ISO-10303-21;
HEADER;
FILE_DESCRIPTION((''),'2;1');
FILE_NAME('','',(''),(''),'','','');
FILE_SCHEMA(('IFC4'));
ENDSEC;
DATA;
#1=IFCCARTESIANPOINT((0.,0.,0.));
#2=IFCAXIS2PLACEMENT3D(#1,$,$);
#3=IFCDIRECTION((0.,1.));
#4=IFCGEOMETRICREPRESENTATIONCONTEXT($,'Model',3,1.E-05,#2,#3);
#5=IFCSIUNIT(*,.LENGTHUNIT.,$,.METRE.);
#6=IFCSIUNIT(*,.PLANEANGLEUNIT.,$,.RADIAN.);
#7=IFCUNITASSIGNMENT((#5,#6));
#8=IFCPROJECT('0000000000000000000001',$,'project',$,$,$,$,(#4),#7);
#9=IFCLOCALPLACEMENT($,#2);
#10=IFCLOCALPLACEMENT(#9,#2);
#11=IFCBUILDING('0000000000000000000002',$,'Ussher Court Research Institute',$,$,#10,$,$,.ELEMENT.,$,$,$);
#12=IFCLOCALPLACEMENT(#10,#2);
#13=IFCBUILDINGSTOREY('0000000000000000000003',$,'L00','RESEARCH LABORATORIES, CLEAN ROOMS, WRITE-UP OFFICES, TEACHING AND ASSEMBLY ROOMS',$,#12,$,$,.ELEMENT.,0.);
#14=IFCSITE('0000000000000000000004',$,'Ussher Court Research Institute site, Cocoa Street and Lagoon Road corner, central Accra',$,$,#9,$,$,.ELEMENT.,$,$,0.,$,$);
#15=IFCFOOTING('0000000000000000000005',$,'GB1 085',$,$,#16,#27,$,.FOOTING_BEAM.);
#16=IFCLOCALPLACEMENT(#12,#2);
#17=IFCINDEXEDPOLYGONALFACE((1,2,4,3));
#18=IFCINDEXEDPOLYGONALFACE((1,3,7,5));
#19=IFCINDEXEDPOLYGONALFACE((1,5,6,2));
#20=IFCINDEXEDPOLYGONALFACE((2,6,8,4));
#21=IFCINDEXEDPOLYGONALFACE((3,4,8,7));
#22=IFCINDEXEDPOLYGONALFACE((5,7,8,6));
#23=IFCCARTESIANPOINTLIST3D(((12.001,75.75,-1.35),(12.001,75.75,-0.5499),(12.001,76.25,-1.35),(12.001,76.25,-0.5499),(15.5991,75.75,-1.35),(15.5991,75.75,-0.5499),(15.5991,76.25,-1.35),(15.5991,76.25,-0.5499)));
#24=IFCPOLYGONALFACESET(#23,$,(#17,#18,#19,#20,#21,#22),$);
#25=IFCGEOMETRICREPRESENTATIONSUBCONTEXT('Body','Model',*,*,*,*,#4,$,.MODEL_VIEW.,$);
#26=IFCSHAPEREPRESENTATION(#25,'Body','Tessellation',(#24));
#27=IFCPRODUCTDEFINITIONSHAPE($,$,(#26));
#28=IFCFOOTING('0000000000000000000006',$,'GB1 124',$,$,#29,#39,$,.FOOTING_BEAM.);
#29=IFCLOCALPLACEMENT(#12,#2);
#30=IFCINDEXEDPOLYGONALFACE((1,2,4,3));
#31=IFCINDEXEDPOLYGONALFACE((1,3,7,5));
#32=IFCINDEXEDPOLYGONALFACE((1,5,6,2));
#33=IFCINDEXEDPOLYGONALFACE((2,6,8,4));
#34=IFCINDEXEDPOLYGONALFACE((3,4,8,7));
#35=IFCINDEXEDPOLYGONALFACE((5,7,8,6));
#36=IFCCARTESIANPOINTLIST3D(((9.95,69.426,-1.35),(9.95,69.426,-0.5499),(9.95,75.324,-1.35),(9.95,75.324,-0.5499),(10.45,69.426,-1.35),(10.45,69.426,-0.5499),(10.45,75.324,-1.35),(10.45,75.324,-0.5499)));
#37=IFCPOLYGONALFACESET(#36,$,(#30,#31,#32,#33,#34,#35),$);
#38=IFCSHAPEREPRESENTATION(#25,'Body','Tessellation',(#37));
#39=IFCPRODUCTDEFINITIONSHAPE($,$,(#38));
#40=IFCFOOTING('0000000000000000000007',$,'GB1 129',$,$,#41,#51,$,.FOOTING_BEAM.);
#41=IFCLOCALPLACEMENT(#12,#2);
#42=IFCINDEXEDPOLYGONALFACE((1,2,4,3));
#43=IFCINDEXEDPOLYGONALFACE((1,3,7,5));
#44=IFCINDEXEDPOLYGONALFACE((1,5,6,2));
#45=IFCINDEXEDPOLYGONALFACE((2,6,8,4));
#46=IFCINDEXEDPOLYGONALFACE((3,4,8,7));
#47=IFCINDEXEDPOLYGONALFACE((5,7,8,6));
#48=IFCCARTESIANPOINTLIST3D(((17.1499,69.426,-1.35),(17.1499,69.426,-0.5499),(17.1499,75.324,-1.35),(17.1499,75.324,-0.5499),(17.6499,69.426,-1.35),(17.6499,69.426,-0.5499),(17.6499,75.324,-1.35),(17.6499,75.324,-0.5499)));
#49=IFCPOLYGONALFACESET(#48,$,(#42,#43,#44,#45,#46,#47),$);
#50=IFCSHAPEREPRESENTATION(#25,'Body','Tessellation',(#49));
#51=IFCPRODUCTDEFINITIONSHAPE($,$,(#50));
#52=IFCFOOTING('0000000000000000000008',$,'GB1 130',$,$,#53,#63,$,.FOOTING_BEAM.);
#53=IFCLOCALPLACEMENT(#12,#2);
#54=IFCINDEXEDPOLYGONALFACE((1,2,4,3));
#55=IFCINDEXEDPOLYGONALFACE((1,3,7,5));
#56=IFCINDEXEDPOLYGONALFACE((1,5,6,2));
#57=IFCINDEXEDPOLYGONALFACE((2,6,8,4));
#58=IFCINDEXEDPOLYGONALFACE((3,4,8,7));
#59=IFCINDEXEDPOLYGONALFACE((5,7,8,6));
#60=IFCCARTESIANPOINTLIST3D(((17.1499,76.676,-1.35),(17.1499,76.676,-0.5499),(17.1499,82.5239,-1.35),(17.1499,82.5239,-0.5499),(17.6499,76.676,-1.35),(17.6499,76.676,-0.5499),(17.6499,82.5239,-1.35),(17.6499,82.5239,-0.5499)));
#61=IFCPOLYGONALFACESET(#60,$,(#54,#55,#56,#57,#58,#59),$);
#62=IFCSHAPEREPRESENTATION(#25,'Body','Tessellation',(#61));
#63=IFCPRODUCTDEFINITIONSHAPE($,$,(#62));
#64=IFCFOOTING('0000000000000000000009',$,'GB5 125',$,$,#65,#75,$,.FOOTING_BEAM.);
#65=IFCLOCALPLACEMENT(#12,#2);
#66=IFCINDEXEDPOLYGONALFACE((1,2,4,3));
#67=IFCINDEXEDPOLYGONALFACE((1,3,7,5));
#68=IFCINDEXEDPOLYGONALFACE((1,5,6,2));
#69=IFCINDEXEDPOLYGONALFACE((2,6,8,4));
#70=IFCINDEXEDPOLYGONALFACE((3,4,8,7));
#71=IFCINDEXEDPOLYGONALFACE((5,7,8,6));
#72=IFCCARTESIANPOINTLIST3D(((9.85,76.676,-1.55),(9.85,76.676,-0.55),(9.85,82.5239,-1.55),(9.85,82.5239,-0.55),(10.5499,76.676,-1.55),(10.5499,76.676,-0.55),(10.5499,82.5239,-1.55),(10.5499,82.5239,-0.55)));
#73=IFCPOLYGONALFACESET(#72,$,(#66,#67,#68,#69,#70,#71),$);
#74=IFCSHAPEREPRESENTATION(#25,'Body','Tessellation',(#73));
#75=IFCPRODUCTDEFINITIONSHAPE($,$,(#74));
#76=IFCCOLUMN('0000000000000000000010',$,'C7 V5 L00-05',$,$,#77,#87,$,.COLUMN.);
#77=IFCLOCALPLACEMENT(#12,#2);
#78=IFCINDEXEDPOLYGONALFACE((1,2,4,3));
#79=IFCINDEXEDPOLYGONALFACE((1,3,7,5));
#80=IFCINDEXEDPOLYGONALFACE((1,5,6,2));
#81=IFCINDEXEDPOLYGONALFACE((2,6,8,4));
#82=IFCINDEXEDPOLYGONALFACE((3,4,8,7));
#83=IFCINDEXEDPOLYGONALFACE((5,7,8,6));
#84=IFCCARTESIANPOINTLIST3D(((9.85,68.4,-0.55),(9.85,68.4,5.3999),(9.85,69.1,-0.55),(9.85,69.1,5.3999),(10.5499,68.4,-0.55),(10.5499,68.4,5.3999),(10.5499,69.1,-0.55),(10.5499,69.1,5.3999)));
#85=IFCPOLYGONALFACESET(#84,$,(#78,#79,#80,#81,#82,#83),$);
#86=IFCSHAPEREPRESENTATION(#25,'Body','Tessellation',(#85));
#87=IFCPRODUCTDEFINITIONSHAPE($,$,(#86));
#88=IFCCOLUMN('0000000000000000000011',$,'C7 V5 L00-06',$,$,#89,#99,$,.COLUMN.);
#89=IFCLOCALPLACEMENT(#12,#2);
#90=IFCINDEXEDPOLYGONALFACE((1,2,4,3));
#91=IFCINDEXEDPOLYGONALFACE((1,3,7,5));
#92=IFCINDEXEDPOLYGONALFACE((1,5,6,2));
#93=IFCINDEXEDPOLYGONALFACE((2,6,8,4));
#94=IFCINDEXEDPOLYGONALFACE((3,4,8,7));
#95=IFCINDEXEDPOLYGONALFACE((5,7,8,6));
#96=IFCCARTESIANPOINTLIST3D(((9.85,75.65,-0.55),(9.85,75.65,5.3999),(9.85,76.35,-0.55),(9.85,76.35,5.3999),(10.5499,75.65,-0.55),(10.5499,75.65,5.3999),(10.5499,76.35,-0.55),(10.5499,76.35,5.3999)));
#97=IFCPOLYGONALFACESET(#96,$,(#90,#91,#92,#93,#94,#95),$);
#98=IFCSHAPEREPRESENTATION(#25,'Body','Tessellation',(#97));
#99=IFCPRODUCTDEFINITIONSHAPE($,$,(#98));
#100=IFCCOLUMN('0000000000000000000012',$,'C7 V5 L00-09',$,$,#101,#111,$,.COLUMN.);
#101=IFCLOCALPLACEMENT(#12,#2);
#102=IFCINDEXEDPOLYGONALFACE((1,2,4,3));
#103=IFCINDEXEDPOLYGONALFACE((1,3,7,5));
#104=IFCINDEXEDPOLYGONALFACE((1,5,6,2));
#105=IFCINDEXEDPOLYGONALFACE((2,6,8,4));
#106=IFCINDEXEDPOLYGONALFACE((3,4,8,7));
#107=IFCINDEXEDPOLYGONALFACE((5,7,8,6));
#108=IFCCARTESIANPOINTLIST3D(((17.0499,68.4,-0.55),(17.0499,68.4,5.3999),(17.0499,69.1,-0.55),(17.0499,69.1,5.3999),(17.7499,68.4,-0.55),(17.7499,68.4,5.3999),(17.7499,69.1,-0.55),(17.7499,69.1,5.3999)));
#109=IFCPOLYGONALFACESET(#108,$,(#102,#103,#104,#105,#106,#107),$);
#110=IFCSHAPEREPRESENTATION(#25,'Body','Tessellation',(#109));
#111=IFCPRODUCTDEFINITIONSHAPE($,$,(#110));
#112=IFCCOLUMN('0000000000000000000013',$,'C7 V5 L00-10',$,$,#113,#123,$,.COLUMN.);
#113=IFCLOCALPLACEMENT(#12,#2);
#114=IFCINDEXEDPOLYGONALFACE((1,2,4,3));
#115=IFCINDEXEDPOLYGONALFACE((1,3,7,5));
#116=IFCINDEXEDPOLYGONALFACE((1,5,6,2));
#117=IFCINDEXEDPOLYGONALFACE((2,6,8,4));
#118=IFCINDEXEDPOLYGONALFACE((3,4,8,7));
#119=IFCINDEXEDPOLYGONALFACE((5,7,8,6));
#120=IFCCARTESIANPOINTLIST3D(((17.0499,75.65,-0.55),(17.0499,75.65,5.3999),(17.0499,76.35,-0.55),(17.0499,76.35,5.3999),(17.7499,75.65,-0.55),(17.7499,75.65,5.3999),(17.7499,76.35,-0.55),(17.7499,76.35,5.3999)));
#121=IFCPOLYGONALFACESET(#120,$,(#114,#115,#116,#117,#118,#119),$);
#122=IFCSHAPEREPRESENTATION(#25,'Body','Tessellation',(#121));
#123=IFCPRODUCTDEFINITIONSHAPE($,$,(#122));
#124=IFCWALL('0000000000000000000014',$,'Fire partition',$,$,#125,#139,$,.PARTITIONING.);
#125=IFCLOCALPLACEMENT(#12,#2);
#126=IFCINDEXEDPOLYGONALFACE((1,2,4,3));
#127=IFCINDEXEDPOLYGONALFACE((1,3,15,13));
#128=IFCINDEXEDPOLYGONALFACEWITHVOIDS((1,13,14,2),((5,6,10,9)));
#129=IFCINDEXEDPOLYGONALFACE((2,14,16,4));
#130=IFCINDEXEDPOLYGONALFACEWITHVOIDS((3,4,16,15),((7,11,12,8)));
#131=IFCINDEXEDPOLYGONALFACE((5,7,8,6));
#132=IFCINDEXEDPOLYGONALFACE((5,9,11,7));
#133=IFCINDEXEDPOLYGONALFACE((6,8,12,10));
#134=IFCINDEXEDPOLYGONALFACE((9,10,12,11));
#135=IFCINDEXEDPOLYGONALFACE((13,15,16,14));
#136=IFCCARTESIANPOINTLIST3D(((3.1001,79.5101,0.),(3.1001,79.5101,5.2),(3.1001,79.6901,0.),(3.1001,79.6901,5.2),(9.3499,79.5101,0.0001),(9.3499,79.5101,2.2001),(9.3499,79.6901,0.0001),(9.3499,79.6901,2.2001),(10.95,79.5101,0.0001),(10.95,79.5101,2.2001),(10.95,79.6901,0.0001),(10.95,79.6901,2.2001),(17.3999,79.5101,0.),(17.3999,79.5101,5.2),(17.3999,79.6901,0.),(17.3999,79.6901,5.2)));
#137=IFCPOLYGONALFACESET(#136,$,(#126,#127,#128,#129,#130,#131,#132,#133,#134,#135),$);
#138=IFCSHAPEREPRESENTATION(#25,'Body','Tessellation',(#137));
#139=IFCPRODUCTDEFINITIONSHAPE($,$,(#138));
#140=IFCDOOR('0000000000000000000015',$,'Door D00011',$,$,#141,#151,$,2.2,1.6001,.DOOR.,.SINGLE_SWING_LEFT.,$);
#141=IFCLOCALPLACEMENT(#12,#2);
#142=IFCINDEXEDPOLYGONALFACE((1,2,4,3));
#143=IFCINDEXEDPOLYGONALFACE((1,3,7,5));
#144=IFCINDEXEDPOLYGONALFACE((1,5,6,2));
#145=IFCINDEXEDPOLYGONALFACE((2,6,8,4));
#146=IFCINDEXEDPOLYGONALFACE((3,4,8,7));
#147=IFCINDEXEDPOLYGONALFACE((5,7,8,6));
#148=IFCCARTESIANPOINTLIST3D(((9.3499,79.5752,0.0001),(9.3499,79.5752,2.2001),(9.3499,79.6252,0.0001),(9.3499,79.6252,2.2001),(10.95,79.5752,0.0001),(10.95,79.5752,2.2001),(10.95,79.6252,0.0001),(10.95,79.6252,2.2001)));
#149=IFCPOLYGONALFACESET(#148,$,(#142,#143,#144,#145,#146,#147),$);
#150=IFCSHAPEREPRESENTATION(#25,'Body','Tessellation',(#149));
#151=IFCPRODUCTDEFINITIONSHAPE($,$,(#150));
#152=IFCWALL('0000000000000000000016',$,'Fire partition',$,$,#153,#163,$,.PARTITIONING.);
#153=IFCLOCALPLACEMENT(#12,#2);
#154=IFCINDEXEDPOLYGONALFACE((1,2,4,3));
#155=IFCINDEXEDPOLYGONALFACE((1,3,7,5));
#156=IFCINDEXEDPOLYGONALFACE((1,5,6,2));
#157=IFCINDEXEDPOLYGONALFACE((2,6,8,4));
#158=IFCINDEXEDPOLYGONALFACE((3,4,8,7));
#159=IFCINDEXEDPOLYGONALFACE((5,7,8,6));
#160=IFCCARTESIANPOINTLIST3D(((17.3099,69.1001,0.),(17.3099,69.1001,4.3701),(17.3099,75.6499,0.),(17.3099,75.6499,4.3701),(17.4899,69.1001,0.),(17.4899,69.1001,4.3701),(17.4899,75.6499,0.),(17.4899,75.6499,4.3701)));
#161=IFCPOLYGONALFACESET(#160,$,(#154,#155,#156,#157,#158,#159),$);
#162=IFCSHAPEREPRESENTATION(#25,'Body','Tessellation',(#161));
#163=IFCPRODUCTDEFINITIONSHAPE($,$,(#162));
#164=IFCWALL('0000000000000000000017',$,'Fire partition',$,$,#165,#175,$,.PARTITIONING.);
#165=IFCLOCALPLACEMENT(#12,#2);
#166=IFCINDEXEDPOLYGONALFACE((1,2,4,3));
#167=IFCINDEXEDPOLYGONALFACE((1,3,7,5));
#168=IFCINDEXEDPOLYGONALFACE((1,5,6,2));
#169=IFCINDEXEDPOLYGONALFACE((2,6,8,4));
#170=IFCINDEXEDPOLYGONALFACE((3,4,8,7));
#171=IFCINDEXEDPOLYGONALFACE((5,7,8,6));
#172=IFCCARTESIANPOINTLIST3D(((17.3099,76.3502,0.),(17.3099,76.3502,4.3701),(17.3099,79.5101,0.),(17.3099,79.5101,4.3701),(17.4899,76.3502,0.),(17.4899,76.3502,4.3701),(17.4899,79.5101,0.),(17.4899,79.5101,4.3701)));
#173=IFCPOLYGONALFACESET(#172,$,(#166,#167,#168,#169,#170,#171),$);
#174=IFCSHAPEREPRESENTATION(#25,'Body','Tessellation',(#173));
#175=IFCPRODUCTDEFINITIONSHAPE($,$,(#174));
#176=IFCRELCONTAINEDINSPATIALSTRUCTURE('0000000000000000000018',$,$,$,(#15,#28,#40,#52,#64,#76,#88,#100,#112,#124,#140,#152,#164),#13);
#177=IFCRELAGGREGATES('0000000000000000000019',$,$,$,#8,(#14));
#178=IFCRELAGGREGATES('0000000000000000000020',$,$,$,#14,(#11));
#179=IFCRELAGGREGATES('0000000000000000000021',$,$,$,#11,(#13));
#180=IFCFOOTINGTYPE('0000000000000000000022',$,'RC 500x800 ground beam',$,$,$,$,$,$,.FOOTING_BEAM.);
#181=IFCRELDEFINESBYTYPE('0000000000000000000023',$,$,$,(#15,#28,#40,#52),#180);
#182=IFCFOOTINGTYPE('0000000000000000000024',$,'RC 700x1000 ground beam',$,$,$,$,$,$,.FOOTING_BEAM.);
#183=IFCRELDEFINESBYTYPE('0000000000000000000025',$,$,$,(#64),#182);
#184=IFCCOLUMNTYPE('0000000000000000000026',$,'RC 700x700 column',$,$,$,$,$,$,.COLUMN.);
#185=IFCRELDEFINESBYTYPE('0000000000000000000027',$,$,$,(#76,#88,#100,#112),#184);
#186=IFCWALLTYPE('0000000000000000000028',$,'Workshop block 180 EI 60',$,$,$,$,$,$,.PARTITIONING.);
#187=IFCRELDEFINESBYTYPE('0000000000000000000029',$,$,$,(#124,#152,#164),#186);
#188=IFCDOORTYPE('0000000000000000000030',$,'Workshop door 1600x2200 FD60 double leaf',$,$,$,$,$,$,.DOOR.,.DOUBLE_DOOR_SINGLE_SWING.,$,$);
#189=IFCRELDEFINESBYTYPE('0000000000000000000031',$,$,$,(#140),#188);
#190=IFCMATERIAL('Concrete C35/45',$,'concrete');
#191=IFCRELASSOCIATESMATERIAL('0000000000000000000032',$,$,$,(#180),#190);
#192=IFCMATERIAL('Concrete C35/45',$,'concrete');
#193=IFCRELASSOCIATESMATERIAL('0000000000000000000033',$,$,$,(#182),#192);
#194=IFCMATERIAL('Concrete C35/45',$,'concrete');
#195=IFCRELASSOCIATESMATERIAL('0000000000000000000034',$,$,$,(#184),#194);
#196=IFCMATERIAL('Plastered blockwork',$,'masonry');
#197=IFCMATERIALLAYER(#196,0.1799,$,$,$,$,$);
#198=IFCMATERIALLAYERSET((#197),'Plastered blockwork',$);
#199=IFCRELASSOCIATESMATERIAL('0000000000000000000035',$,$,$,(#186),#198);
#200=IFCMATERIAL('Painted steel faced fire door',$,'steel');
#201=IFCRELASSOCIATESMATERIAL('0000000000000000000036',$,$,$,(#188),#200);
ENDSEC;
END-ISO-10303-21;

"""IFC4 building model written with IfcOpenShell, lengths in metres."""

from ifc_helpers import new_model, si_unit, direction, frame, frame_2d, origin, origin_2d, place, context, subcontext, project, spatial, rectangle, extrude, material, layer, layer_set, material_profile, profile_set, type_object, element, fill, save


model = new_model("IFC4")

# Units and contexts
model_context = context("Model", 3, precision=1e-05, world=origin(), true_north=direction((0.0, 1.0)))
body_context = subcontext(model_context, "Body", "Model", "MODEL_VIEW")
ifc_project = project(units=[si_unit("LENGTHUNIT", "METRE"), si_unit("PLANEANGLEUNIT", "RADIAN")], contexts=[model_context])

# Site, building, storey
site_placement = place(None, origin())
site = spatial("IfcSite", under=ifc_project, at=site_placement, Name="Ussher Court Research Institute site, Cocoa Street and Lagoon Road corner, central Accra", CompositionType="ELEMENT", RefElevation=0.0)
building_placement = place(site_placement, origin())
building = spatial("IfcBuilding", under=site, at=building_placement, Name="Ussher Court Research Institute", CompositionType="ELEMENT")
storey_placement = place(building_placement, origin())
storey = spatial("IfcBuildingStorey", under=building, at=storey_placement, Name="L00", Description="RESEARCH LABORATORIES, CLEAN ROOMS, WRITE-UP OFFICES, TEACHING AND ASSEMBLY ROOMS", CompositionType="ELEMENT", Elevation=0.0)

# Footings
ifc_material_1 = material(Name="Concrete C35/45", Category="concrete")
ifc_material_profile_1 = material_profile(ifc_material_1, rectangle(XDim=0.5, YDim=0.8, at=origin_2d()), Name="RC 500x800")
ifc_profile_set_1 = profile_set([ifc_material_profile_1], Name="Concrete C35/45")
footing_type_1 = type_object("IfcFootingType", Name="RC 500x800 ground beam", PredefinedType="FOOTING_BEAM", material=ifc_profile_set_1)
footing_1_placement = place(storey_placement, frame((12.001, 76.0, -0.95), z_axis=(1.0, 0.0, 0.0), x_axis=(0.0, 1.0, 0.0)))
element("IfcFooting", 1, at=footing_1_placement, inside=storey, type_object=footing_type_1, Name="GB1 085", PredefinedType="FOOTING_BEAM", context=body_context, shape_type="SweptSolid", body=[
    extrude(rectangle(XDim=0.5, YDim=0.8, at=origin_2d()), origin(), (0.0, 0.0, 1.0), 3.5981),
])
for number, where, z_axis, x_axis, name in (
    (2, (10.2, 69.426, -0.95), (0.0, 1.0, 0.0), (-1.0, 0.0, 0.0), "GB1 124"),
    (3, (17.3999, 69.426, -0.95), (0.0, 1.0, 0.0), (-1.0, 0.0, 0.0), "GB1 129"),
):
    element("IfcFooting", number, at=place(storey_placement, frame(where, z_axis=z_axis, x_axis=x_axis)), inside=storey, type_object=footing_type_1, Name=name, PredefinedType="FOOTING_BEAM", context=body_context, shape_type="SweptSolid", body=[
        extrude(rectangle(XDim=0.5, YDim=0.8, at=origin_2d()), origin(), (0.0, 0.0, 1.0), 5.8979),
    ])
footing_2_placement = place(storey_placement, frame((17.3999, 76.676, -0.95), z_axis=(0.0, 1.0, 0.0), x_axis=(-1.0, 0.0, 0.0)))
element("IfcFooting", 4, at=footing_2_placement, inside=storey, type_object=footing_type_1, Name="GB1 130", PredefinedType="FOOTING_BEAM", context=body_context, shape_type="SweptSolid", body=[
    extrude(rectangle(XDim=0.5, YDim=0.8, at=origin_2d()), origin(), (0.0, 0.0, 1.0), 5.8479),
])
ifc_material_2 = material(Name="Concrete C35/45", Category="concrete")
ifc_material_profile_2 = material_profile(ifc_material_2, rectangle(XDim=0.7, YDim=1.0, at=origin_2d()), Name="RC 700x1000")
ifc_profile_set_2 = profile_set([ifc_material_profile_2], Name="Concrete C35/45")
footing_type_2 = type_object("IfcFootingType", Name="RC 700x1000 ground beam", PredefinedType="FOOTING_BEAM", material=ifc_profile_set_2)
footing_3_placement = place(storey_placement, frame((10.2, 76.676, -1.05), z_axis=(0.0, 1.0, 0.0), x_axis=(-1.0, 0.0, 0.0)))
element("IfcFooting", 5, at=footing_3_placement, inside=storey, type_object=footing_type_2, Name="GB5 125", PredefinedType="FOOTING_BEAM", context=body_context, shape_type="SweptSolid", body=[
    extrude(rectangle(XDim=0.7, YDim=1.0, at=origin_2d()), origin(), (0.0, 0.0, 1.0), 5.8479),
])

# Columns
ifc_material_3 = material(Name="Concrete C35/45", Category="concrete")
ifc_material_profile_3 = material_profile(ifc_material_3, rectangle(XDim=0.7, YDim=0.7, at=origin_2d()), Name="RC 700x700")
ifc_profile_set_3 = profile_set([ifc_material_profile_3], Name="Concrete C35/45")
column_type = type_object("IfcColumnType", Name="RC 700x700 column", PredefinedType="COLUMN", material=ifc_profile_set_3)
for number, where, z_axis, x_axis, name in (
    (6, (10.2, 68.75, -0.55), (0.0, 0.0, 1.0), (1.0, 0.0, 0.0), "C7 V5 L00-05"),
    (7, (10.2, 76.0, -0.55), (0.0, 0.0, 1.0), (1.0, 0.0, 0.0), "C7 V5 L00-06"),
    (8, (17.3999, 68.75, -0.55), (0.0, 0.0, 1.0), (1.0, 0.0, 0.0), "C7 V5 L00-09"),
    (9, (17.3999, 76.0, -0.55), (0.0, 0.0, 1.0), (1.0, 0.0, 0.0), "C7 V5 L00-10"),
):
    element("IfcColumn", number, at=place(storey_placement, frame(where, z_axis=z_axis, x_axis=x_axis)), inside=storey, type_object=column_type, Name=name, PredefinedType="COLUMN", context=body_context, shape_type="SweptSolid", body=[
        extrude(rectangle(XDim=0.7, YDim=0.7, at=origin_2d()), origin(), (0.0, 0.0, 1.0), 5.95),
    ])

# Wall, opening, door
ifc_material_4 = material(Name="Plastered blockwork", Category="masonry")
ifc_layer = layer(ifc_material_4, 0.1799)
ifc_layer_set = layer_set([ifc_layer], Name="Plastered blockwork")
wall_type = type_object("IfcWallType", Name="Workshop block 180 EI 60", PredefinedType="PARTITIONING", material=ifc_layer_set)
wall_1_placement = place(storey_placement, frame((17.3999, 79.6001, 0.0), z_axis=(0.0, 0.0, 1.0), x_axis=(-1.0, 0.0, 0.0)))
wall_1 = element("IfcWall", 10, at=wall_1_placement, inside=storey, type_object=wall_type, Name="Fire partition", PredefinedType="PARTITIONING", context=body_context, shape_type="SweptSolid", body=[
    extrude(rectangle(XDim=14.2998, YDim=0.1799, at=frame_2d((7.1499, 0.0))), origin(), (0.0, 0.0, 1.0), 5.2),
])
opening_placement = place(wall_1_placement, frame((6.45, 0.0, 0.0)))
opening = element("IfcOpeningElement", 11, at=opening_placement, cuts=wall_1, PredefinedType="OPENING", context=body_context, shape_type="SweptSolid", body=[
    extrude(rectangle(XDim=1.6001, YDim=2.2, at=frame_2d((0.8, 1.1001))), frame((0.0, 0.1001, 0.0), z_axis=(0.0, -1.0, 0.0), x_axis=(1.0, 0.0, 0.0)), (0.0, 0.0, 1.0), 0.2),
])
ifc_material_5 = material(Name="Painted steel faced fire door", Category="steel")
door_type = type_object("IfcDoorType", Name="Workshop door 1600x2200 FD60 double leaf", OperationType="DOUBLE_DOOR_SINGLE_SWING", PredefinedType="DOOR", material=ifc_material_5)
door_placement = place(opening_placement, origin())
door = element("IfcDoor", 12, at=door_placement, inside=storey, type_object=door_type, Name="Door D00011", OperationType="SINGLE_SWING_LEFT", OverallHeight=2.2, OverallWidth=1.6001, PredefinedType="DOOR", context=body_context, shape_type="SweptSolid", body=[
    extrude(rectangle(XDim=1.6001, YDim=2.2, at=frame_2d((0.8, 1.1001))), frame((0.0, 0.0249, 0.0), z_axis=(0.0, -1.0, 0.0), x_axis=(1.0, 0.0, 0.0)), (0.0, 0.0, 1.0), 0.05),
])
fill(opening, door)

# Walls
wall_2_placement = place(storey_placement, frame((17.3999, 69.1001, 0.0), z_axis=(0.0, 0.0, 1.0), x_axis=(0.0, 1.0, 0.0)))
element("IfcWall", 13, at=wall_2_placement, inside=storey, type_object=wall_type, Name="Fire partition", PredefinedType="PARTITIONING", context=body_context, shape_type="SweptSolid", body=[
    extrude(rectangle(XDim=6.5498, YDim=0.1799, at=frame_2d((3.2749, 0.0))), origin(), (0.0, 0.0, 1.0), 4.3701),
])
wall_3_placement = place(storey_placement, frame((17.3999, 76.3501, 0.0), z_axis=(0.0, 0.0, 1.0), x_axis=(0.0, 1.0, 0.0)))
element("IfcWall", 14, at=wall_3_placement, inside=storey, type_object=wall_type, Name="Fire partition", PredefinedType="PARTITIONING", context=body_context, shape_type="SweptSolid", body=[
    extrude(rectangle(XDim=3.1599, YDim=0.1799, at=frame_2d((1.5801, 0.0))), origin(), (0.0, 0.0, 1.0), 4.3701),
])

save(model, "model.ifc")
